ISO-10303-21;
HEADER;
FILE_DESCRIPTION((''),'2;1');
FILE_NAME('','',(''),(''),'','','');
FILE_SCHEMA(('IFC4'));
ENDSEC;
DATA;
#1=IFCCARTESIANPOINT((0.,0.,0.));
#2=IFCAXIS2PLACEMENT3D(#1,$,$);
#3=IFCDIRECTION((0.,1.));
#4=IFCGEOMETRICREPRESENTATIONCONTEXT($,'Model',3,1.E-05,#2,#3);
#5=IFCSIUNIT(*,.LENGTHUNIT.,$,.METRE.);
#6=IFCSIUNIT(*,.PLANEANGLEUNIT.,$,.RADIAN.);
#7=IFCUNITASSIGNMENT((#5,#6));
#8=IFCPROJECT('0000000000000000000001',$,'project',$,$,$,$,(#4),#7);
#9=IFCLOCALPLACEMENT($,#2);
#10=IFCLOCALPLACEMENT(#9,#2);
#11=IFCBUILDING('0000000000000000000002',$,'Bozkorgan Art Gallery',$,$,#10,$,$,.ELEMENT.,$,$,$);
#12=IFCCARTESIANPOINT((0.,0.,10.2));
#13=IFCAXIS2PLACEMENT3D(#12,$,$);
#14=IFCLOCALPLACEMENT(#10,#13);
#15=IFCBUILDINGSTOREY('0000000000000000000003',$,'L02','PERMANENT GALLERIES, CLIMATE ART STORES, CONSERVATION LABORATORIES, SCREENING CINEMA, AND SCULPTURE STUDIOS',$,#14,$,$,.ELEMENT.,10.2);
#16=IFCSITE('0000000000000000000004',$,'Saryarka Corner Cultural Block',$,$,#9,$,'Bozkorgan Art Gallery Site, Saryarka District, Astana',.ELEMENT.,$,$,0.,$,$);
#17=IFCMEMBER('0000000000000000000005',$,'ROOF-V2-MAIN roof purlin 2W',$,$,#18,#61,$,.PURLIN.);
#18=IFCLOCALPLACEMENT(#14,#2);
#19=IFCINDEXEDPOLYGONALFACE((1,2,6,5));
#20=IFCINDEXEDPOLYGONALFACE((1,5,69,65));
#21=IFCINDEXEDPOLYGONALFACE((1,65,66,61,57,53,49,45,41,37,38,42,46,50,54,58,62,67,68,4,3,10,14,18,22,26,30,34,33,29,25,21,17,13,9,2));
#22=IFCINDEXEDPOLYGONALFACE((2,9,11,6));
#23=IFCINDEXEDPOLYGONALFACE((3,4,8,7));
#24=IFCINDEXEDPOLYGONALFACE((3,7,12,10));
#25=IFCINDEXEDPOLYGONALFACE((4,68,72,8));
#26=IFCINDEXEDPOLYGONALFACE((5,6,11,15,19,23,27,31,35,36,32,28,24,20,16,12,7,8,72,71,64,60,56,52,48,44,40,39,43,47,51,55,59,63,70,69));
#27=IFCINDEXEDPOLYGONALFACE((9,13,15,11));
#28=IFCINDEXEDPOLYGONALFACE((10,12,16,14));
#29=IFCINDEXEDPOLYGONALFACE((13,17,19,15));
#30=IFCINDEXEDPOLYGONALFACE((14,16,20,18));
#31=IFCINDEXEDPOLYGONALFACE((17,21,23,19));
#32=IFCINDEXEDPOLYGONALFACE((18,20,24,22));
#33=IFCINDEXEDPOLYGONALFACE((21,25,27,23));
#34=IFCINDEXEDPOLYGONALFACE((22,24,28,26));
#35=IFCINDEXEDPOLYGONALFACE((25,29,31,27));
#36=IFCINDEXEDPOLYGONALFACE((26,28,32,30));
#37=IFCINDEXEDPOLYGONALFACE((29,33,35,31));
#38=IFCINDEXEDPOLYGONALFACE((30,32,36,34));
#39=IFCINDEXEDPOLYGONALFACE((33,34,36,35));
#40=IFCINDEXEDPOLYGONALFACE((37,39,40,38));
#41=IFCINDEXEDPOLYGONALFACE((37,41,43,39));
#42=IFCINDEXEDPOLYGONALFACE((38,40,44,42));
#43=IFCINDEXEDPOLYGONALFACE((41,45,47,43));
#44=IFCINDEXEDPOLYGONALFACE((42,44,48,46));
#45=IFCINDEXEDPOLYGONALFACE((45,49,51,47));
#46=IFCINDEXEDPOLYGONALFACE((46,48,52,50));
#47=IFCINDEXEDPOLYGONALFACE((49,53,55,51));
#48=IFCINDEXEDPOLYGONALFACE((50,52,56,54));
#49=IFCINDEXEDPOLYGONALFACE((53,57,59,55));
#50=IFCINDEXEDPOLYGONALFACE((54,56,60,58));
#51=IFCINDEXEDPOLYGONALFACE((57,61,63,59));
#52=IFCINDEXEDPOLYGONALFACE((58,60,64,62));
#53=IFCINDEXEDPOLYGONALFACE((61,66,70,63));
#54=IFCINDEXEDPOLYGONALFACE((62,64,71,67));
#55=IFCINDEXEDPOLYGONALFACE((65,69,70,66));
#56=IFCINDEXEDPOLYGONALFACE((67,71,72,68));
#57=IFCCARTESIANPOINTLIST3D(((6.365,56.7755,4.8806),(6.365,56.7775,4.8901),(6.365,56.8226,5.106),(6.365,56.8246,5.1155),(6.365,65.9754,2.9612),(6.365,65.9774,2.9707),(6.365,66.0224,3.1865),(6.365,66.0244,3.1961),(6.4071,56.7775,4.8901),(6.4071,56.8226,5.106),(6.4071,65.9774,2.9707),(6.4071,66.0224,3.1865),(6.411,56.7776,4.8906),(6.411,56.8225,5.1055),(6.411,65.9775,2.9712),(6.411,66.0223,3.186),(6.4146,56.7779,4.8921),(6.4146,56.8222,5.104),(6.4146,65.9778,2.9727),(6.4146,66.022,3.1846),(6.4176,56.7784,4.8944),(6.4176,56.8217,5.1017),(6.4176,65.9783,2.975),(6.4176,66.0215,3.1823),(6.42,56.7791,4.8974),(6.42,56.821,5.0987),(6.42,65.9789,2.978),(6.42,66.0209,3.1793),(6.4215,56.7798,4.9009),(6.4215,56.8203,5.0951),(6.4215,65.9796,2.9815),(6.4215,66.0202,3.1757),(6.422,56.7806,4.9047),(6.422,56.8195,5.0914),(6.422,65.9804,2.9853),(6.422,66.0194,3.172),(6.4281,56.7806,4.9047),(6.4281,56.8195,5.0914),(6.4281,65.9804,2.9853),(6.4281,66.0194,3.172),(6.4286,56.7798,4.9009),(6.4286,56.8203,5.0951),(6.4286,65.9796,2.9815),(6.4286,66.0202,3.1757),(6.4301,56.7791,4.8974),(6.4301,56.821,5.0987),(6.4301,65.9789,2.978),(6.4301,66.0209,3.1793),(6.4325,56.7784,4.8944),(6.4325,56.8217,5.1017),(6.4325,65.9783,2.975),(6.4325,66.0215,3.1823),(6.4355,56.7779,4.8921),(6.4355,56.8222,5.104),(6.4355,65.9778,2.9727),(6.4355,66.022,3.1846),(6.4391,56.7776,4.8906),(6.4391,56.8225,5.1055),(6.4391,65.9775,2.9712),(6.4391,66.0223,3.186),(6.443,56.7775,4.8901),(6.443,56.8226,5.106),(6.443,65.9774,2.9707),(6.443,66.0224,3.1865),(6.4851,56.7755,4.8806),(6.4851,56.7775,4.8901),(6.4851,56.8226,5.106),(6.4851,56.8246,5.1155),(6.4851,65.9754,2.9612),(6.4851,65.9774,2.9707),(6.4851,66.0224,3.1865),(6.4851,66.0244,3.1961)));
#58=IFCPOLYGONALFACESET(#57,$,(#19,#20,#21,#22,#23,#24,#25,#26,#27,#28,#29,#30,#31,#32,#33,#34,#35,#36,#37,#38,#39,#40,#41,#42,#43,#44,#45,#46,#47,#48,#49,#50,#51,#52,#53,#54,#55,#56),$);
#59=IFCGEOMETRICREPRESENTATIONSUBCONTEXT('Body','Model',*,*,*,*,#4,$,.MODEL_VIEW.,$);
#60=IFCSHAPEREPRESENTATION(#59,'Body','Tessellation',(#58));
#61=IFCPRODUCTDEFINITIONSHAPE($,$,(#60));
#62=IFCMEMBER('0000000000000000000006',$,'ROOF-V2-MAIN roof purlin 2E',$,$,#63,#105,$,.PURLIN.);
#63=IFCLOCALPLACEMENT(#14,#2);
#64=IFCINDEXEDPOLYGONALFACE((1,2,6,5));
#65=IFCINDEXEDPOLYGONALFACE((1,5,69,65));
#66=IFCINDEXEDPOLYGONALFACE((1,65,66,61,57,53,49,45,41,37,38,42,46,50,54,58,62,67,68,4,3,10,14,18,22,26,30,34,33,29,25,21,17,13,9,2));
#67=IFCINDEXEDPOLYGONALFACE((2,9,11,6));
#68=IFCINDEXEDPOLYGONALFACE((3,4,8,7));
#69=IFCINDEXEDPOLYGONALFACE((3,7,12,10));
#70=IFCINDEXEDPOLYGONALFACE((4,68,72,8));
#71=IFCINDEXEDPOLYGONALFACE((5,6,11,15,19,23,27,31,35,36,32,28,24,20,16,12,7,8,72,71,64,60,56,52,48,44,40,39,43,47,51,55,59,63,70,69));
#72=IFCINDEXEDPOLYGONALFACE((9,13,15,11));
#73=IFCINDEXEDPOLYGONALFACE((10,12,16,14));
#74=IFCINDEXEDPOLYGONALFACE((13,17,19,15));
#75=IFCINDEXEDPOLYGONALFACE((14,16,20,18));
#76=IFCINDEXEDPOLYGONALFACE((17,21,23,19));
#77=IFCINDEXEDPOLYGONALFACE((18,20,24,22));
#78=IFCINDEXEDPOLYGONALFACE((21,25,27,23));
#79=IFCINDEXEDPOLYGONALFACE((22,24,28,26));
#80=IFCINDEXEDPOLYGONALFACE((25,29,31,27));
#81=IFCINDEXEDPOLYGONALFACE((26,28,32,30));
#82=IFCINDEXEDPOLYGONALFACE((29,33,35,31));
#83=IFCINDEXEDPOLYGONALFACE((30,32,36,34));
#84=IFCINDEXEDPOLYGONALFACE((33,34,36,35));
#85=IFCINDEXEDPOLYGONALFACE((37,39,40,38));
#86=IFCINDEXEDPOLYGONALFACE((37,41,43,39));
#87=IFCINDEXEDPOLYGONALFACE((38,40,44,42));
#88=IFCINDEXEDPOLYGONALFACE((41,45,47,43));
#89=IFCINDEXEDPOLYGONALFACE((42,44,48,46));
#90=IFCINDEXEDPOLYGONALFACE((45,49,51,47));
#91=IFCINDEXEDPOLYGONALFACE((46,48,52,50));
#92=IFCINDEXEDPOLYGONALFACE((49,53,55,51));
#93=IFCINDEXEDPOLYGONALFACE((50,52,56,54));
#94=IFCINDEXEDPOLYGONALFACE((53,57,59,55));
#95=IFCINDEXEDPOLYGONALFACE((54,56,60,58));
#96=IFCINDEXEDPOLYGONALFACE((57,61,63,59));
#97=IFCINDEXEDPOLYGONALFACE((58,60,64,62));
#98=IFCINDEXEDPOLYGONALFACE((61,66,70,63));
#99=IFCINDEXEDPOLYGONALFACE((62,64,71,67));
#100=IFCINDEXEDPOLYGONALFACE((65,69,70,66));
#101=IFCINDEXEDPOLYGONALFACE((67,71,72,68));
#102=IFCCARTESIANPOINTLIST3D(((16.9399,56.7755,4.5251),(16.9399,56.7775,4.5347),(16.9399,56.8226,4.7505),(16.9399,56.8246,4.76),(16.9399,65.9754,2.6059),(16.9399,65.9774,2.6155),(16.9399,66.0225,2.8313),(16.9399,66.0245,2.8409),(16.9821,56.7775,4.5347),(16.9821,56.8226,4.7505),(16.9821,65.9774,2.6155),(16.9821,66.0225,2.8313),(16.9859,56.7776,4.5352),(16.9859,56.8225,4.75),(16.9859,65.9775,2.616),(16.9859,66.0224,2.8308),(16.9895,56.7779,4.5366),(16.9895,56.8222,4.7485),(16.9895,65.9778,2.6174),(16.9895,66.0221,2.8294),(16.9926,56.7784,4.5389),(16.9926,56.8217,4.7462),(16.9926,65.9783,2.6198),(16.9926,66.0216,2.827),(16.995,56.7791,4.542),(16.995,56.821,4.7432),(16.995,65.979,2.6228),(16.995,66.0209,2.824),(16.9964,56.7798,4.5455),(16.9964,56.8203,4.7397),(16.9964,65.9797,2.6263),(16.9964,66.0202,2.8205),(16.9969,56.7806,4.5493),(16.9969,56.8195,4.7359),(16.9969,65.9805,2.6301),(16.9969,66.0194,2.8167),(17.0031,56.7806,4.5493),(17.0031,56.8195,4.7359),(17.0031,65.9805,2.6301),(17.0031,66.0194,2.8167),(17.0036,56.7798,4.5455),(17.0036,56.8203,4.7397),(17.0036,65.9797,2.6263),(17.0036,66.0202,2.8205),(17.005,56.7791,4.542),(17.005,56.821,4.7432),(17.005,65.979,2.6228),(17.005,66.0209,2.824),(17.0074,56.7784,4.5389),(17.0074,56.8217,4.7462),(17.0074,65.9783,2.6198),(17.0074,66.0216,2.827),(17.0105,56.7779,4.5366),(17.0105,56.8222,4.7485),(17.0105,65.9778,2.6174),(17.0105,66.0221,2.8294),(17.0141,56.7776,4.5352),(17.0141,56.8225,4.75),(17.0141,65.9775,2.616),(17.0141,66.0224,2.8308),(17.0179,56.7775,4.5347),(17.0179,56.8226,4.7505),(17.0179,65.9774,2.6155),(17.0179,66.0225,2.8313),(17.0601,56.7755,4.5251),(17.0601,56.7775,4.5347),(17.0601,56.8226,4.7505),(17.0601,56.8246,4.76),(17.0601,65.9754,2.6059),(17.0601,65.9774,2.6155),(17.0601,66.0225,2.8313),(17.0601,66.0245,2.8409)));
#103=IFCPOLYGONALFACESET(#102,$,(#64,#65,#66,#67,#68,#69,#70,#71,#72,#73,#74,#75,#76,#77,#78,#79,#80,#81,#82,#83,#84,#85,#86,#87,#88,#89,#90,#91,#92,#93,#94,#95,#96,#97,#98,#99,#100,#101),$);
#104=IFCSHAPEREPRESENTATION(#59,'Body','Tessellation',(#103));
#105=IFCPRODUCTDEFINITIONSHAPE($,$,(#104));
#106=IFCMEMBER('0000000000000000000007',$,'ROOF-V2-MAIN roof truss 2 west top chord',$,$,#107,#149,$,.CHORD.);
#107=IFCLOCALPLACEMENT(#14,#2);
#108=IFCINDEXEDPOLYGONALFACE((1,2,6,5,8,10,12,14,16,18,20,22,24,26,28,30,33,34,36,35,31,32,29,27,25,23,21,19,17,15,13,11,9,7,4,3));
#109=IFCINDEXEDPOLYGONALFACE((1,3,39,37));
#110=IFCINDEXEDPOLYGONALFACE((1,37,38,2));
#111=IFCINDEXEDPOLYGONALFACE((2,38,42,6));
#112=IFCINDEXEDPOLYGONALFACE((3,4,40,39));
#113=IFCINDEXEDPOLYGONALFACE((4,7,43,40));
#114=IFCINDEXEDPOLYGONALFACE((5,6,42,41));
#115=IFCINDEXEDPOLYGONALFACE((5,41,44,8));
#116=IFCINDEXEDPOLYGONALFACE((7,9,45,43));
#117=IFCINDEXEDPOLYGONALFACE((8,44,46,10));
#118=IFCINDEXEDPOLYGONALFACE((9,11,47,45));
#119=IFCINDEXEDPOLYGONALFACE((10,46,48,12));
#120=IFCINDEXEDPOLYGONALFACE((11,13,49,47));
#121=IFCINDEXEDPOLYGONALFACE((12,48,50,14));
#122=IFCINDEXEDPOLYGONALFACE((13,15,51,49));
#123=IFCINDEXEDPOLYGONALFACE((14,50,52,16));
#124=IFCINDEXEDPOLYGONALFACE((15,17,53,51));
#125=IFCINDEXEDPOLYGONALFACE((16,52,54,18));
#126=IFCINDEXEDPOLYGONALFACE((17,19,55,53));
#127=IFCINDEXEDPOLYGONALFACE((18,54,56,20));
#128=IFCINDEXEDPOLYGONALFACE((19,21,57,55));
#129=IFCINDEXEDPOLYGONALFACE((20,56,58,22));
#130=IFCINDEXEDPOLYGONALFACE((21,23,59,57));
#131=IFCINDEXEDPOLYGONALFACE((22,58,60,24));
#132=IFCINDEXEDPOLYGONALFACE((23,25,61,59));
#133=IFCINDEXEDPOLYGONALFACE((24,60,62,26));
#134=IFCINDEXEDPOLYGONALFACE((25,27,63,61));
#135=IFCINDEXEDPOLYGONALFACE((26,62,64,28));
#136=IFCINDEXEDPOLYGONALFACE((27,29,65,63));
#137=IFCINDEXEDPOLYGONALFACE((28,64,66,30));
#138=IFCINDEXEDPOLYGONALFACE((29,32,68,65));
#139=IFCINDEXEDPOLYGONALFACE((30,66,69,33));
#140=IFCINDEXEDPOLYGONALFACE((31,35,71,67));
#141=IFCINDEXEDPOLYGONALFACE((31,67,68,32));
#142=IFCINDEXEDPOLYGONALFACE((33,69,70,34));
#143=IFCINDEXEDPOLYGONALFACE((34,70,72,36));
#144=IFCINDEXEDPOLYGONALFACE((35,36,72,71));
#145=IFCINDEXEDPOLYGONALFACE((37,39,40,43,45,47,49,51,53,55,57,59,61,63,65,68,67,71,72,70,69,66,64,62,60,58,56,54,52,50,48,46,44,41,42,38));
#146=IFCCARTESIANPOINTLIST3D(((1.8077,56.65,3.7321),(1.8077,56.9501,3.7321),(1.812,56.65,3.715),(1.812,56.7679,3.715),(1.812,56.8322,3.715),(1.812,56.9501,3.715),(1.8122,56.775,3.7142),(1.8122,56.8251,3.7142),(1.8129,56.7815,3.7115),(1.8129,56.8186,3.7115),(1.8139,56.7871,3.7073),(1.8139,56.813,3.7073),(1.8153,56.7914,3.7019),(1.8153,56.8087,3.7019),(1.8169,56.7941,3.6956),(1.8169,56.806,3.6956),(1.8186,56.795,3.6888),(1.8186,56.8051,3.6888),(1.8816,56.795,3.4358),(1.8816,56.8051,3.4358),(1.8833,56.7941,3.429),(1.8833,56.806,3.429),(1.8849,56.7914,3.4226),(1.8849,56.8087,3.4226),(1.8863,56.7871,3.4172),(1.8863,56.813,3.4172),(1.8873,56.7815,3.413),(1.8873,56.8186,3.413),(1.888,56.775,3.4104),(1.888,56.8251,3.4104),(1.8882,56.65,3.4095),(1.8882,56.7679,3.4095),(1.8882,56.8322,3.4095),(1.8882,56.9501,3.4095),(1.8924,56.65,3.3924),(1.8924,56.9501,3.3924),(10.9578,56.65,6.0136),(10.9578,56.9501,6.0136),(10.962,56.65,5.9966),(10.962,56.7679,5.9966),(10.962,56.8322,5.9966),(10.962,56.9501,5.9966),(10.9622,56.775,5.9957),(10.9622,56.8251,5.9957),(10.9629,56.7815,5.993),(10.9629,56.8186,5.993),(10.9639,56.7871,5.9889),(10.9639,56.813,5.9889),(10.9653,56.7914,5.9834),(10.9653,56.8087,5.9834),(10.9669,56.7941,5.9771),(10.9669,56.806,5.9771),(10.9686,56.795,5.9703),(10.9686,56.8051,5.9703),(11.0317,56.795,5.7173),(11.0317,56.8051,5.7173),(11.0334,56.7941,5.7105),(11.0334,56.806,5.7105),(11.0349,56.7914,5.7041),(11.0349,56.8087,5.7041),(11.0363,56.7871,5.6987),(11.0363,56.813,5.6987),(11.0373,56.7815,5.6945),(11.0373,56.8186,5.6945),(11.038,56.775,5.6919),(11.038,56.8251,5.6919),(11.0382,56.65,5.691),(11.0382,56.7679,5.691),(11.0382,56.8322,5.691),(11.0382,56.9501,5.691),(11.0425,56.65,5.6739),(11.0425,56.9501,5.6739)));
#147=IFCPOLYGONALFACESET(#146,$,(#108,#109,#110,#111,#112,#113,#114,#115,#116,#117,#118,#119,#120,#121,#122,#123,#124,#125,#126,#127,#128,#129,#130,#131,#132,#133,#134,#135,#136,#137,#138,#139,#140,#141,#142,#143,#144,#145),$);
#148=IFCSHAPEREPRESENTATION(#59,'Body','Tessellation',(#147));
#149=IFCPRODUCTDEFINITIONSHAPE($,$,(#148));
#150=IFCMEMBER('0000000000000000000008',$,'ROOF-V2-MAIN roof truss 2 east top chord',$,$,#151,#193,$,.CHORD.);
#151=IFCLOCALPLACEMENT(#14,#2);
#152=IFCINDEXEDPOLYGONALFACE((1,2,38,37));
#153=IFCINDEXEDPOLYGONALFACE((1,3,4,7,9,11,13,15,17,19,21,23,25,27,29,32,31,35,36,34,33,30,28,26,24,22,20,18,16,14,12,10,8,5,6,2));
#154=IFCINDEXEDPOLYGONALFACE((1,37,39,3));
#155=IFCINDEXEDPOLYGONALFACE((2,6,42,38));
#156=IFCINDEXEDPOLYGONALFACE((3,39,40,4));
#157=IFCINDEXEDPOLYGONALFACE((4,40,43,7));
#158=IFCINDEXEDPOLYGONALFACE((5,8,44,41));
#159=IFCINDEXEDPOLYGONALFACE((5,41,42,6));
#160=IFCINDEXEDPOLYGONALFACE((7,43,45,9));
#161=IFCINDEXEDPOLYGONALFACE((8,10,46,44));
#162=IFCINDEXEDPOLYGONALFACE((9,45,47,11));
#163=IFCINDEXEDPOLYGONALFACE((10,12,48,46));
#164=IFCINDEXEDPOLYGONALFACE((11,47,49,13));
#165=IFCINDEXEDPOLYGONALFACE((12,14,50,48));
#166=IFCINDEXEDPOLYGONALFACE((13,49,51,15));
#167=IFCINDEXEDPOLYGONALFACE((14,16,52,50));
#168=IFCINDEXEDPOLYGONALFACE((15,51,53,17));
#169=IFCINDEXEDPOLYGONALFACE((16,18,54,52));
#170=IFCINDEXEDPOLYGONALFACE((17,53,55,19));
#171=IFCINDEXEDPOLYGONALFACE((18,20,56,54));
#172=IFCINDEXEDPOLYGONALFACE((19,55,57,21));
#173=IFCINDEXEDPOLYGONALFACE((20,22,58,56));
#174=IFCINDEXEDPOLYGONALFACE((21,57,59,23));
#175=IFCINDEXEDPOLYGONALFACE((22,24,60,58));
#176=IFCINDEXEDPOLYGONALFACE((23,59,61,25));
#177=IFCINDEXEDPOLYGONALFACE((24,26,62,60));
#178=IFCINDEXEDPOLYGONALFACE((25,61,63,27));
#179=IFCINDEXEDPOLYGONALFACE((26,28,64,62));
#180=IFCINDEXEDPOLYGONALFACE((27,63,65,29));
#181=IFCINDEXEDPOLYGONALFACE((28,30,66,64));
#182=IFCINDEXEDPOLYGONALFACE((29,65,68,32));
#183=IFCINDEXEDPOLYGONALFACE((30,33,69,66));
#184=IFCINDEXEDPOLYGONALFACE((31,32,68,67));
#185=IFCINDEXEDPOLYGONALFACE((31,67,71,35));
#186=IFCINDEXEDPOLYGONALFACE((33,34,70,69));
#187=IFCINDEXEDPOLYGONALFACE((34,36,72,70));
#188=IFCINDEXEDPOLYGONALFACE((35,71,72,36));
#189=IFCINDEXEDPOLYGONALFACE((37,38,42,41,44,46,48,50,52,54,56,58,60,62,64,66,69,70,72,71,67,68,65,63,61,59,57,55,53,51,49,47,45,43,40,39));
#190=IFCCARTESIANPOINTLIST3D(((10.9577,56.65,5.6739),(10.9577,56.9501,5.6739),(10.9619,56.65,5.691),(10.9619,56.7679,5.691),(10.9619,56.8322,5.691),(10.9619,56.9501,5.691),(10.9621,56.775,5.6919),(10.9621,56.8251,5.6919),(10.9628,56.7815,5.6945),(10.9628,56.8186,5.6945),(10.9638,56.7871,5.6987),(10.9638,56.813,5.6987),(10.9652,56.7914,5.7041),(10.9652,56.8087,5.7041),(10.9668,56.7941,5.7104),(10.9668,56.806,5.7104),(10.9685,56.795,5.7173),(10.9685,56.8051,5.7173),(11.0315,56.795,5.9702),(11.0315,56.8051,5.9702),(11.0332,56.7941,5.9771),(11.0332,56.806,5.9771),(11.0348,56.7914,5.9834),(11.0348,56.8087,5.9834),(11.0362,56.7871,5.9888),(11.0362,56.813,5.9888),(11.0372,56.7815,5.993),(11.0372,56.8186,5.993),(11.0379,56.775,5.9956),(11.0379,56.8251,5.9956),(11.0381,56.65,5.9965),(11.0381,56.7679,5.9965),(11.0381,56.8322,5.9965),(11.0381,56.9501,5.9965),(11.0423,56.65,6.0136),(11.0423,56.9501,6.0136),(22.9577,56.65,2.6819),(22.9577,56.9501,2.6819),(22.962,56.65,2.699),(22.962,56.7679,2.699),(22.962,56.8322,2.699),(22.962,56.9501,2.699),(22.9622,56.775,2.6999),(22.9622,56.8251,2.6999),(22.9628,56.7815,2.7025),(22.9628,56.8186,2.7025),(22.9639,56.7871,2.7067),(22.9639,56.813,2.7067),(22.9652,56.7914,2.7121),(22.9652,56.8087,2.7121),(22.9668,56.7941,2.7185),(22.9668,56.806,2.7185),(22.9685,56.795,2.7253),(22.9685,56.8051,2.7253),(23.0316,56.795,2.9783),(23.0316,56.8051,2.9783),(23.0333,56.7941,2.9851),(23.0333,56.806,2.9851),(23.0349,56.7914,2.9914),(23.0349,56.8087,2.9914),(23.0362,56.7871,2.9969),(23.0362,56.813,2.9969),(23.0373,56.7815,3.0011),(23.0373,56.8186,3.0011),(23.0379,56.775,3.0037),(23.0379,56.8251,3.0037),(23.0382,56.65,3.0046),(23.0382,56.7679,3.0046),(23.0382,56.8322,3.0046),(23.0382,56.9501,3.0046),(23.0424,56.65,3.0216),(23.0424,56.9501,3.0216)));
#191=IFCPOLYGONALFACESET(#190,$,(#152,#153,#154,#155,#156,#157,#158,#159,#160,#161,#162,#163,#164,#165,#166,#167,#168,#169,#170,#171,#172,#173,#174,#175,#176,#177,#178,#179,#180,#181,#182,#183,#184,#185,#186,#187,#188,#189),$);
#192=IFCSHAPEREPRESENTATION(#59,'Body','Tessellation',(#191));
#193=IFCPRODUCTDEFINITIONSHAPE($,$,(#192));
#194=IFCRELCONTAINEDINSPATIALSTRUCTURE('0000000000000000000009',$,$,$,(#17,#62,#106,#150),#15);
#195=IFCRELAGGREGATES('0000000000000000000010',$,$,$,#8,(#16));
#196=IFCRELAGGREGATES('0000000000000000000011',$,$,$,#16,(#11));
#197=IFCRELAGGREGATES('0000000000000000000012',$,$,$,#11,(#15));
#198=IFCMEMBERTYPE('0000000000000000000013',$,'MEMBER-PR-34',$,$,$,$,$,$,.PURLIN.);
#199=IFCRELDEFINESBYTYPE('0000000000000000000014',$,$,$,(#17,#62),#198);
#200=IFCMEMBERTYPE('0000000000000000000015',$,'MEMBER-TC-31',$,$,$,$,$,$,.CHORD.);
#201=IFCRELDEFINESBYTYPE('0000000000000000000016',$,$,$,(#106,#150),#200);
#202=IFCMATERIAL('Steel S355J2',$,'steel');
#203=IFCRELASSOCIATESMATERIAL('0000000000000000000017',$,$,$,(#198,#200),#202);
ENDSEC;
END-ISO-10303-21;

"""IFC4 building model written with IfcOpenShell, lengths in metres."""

from ifc_helpers import new_model, si_unit, direction, frame, origin, origin_2d, place, context, subcontext, project, spatial, i_section, extrude, material, material_profile, profile_set, type_object, element, save


model = new_model("IFC4")

# Units and contexts
model_context = context("Model", 3, precision=1e-05, world=origin(), true_north=direction((0.0, 1.0)))
body_context = subcontext(model_context, "Body", "Model", "MODEL_VIEW")
ifc_project = project(units=[si_unit("LENGTHUNIT", "METRE"), si_unit("PLANEANGLEUNIT", "RADIAN")], contexts=[model_context])

# Site, building, storey
site_placement = place(None, origin())
site = spatial("IfcSite", under=ifc_project, at=site_placement, Name="Saryarka Corner Cultural Block", LongName="Bozkorgan Art Gallery Site, Saryarka District, Astana", CompositionType="ELEMENT", RefElevation=0.0)
building_placement = place(site_placement, origin())
building = spatial("IfcBuilding", under=site, at=building_placement, Name="Bozkorgan Art Gallery", CompositionType="ELEMENT")
storey_placement = place(building_placement, frame((0.0, 0.0, 10.2)))
storey = spatial("IfcBuildingStorey", under=building, at=storey_placement, Name="L02", Description="PERMANENT GALLERIES, CLIMATE ART STORES, CONSERVATION LABORATORIES, SCREENING CINEMA, AND SCULPTURE STUDIOS", CompositionType="ELEMENT", Elevation=10.2)

# Shared definitions
ifc_material_1 = material(Name="Steel S355J2", Category="steel")

# Members
ifc_material_profile_1 = material_profile(ifc_material_1, i_section(OverallWidth=0.1201, OverallDepth=0.24, WebThickness=0.0061, FlangeThickness=0.0098, FilletRadius=0.0149, at=origin_2d()), Name="IPE 240")
ifc_profile_set_1 = profile_set([ifc_material_profile_1], Name="Steel S355J2")
member_type_1 = type_object("IfcMemberType", Name="MEMBER-PR-34", PredefinedType="PURLIN", material=ifc_profile_set_1)
for number, where, z_axis, x_axis, name in (
    (1, (6.425, 56.8, 4.998), (0.0, 0.978921, -0.204237), (-1.0, 0.0, 0.0), "ROOF-V2-MAIN roof purlin 2W"),
    (2, (17.0, 56.8, 4.6426), (0.0, 0.978927, -0.204213), (-1.0, 0.0, 0.0), "ROOF-V2-MAIN roof purlin 2E"),
):
    element("IfcMember", number, at=place(storey_placement, frame(where, z_axis=z_axis, x_axis=x_axis)), inside=storey, type_object=member_type_1, Name=name, PredefinedType="PURLIN", context=body_context, shape_type="SweptSolid", body=[
        extrude(i_section(OverallWidth=0.1201, OverallDepth=0.24, WebThickness=0.0061, FlangeThickness=0.0098, FilletRadius=0.0149, at=origin_2d()), origin(), (0.0, 0.0, 1.0), 9.3979),
    ])
ifc_material_profile_2 = material_profile(ifc_material_1, i_section(OverallWidth=0.3, OverallDepth=0.3501, WebThickness=0.01, FlangeThickness=0.0176, FilletRadius=0.0271, at=origin_2d()), Name="HEA 360")
ifc_profile_set_2 = profile_set([ifc_material_profile_2], Name="Steel S355J2")
member_type_2 = type_object("IfcMemberType", Name="MEMBER-TC-31", PredefinedType="CHORD", material=ifc_profile_set_2)
member_1_placement = place(storey_placement, frame((1.8501, 56.8, 3.5623), z_axis=(0.970292, 0.0, 0.241939), x_axis=(0.0, 1.0, 0.0)))
element("IfcMember", 3, at=member_1_placement, inside=storey, type_object=member_type_2, Name="ROOF-V2-MAIN roof truss 2 west top chord", PredefinedType="CHORD", context=body_context, shape_type="SweptSolid", body=[
    extrude(i_section(OverallWidth=0.3, OverallDepth=0.3501, WebThickness=0.01, FlangeThickness=0.0176, FilletRadius=0.0271, at=origin_2d()), origin(), (0.0, 0.0, 1.0), 9.4302),
])
member_2_placement = place(storey_placement, frame((11.0, 56.8, 5.8438), z_axis=(0.970296, 0.0, -0.241922), x_axis=(0.0, 1.0, 0.0)))
element("IfcMember", 4, at=member_2_placement, inside=storey, type_object=member_type_2, Name="ROOF-V2-MAIN roof truss 2 east top chord", PredefinedType="CHORD", context=body_context, shape_type="SweptSolid", body=[
    extrude(i_section(OverallWidth=0.3, OverallDepth=0.3501, WebThickness=0.01, FlangeThickness=0.0176, FilletRadius=0.0271, at=origin_2d()), origin(), (0.0, 0.0, 1.0), 12.3674),
])

save(model, "model.ifc")
